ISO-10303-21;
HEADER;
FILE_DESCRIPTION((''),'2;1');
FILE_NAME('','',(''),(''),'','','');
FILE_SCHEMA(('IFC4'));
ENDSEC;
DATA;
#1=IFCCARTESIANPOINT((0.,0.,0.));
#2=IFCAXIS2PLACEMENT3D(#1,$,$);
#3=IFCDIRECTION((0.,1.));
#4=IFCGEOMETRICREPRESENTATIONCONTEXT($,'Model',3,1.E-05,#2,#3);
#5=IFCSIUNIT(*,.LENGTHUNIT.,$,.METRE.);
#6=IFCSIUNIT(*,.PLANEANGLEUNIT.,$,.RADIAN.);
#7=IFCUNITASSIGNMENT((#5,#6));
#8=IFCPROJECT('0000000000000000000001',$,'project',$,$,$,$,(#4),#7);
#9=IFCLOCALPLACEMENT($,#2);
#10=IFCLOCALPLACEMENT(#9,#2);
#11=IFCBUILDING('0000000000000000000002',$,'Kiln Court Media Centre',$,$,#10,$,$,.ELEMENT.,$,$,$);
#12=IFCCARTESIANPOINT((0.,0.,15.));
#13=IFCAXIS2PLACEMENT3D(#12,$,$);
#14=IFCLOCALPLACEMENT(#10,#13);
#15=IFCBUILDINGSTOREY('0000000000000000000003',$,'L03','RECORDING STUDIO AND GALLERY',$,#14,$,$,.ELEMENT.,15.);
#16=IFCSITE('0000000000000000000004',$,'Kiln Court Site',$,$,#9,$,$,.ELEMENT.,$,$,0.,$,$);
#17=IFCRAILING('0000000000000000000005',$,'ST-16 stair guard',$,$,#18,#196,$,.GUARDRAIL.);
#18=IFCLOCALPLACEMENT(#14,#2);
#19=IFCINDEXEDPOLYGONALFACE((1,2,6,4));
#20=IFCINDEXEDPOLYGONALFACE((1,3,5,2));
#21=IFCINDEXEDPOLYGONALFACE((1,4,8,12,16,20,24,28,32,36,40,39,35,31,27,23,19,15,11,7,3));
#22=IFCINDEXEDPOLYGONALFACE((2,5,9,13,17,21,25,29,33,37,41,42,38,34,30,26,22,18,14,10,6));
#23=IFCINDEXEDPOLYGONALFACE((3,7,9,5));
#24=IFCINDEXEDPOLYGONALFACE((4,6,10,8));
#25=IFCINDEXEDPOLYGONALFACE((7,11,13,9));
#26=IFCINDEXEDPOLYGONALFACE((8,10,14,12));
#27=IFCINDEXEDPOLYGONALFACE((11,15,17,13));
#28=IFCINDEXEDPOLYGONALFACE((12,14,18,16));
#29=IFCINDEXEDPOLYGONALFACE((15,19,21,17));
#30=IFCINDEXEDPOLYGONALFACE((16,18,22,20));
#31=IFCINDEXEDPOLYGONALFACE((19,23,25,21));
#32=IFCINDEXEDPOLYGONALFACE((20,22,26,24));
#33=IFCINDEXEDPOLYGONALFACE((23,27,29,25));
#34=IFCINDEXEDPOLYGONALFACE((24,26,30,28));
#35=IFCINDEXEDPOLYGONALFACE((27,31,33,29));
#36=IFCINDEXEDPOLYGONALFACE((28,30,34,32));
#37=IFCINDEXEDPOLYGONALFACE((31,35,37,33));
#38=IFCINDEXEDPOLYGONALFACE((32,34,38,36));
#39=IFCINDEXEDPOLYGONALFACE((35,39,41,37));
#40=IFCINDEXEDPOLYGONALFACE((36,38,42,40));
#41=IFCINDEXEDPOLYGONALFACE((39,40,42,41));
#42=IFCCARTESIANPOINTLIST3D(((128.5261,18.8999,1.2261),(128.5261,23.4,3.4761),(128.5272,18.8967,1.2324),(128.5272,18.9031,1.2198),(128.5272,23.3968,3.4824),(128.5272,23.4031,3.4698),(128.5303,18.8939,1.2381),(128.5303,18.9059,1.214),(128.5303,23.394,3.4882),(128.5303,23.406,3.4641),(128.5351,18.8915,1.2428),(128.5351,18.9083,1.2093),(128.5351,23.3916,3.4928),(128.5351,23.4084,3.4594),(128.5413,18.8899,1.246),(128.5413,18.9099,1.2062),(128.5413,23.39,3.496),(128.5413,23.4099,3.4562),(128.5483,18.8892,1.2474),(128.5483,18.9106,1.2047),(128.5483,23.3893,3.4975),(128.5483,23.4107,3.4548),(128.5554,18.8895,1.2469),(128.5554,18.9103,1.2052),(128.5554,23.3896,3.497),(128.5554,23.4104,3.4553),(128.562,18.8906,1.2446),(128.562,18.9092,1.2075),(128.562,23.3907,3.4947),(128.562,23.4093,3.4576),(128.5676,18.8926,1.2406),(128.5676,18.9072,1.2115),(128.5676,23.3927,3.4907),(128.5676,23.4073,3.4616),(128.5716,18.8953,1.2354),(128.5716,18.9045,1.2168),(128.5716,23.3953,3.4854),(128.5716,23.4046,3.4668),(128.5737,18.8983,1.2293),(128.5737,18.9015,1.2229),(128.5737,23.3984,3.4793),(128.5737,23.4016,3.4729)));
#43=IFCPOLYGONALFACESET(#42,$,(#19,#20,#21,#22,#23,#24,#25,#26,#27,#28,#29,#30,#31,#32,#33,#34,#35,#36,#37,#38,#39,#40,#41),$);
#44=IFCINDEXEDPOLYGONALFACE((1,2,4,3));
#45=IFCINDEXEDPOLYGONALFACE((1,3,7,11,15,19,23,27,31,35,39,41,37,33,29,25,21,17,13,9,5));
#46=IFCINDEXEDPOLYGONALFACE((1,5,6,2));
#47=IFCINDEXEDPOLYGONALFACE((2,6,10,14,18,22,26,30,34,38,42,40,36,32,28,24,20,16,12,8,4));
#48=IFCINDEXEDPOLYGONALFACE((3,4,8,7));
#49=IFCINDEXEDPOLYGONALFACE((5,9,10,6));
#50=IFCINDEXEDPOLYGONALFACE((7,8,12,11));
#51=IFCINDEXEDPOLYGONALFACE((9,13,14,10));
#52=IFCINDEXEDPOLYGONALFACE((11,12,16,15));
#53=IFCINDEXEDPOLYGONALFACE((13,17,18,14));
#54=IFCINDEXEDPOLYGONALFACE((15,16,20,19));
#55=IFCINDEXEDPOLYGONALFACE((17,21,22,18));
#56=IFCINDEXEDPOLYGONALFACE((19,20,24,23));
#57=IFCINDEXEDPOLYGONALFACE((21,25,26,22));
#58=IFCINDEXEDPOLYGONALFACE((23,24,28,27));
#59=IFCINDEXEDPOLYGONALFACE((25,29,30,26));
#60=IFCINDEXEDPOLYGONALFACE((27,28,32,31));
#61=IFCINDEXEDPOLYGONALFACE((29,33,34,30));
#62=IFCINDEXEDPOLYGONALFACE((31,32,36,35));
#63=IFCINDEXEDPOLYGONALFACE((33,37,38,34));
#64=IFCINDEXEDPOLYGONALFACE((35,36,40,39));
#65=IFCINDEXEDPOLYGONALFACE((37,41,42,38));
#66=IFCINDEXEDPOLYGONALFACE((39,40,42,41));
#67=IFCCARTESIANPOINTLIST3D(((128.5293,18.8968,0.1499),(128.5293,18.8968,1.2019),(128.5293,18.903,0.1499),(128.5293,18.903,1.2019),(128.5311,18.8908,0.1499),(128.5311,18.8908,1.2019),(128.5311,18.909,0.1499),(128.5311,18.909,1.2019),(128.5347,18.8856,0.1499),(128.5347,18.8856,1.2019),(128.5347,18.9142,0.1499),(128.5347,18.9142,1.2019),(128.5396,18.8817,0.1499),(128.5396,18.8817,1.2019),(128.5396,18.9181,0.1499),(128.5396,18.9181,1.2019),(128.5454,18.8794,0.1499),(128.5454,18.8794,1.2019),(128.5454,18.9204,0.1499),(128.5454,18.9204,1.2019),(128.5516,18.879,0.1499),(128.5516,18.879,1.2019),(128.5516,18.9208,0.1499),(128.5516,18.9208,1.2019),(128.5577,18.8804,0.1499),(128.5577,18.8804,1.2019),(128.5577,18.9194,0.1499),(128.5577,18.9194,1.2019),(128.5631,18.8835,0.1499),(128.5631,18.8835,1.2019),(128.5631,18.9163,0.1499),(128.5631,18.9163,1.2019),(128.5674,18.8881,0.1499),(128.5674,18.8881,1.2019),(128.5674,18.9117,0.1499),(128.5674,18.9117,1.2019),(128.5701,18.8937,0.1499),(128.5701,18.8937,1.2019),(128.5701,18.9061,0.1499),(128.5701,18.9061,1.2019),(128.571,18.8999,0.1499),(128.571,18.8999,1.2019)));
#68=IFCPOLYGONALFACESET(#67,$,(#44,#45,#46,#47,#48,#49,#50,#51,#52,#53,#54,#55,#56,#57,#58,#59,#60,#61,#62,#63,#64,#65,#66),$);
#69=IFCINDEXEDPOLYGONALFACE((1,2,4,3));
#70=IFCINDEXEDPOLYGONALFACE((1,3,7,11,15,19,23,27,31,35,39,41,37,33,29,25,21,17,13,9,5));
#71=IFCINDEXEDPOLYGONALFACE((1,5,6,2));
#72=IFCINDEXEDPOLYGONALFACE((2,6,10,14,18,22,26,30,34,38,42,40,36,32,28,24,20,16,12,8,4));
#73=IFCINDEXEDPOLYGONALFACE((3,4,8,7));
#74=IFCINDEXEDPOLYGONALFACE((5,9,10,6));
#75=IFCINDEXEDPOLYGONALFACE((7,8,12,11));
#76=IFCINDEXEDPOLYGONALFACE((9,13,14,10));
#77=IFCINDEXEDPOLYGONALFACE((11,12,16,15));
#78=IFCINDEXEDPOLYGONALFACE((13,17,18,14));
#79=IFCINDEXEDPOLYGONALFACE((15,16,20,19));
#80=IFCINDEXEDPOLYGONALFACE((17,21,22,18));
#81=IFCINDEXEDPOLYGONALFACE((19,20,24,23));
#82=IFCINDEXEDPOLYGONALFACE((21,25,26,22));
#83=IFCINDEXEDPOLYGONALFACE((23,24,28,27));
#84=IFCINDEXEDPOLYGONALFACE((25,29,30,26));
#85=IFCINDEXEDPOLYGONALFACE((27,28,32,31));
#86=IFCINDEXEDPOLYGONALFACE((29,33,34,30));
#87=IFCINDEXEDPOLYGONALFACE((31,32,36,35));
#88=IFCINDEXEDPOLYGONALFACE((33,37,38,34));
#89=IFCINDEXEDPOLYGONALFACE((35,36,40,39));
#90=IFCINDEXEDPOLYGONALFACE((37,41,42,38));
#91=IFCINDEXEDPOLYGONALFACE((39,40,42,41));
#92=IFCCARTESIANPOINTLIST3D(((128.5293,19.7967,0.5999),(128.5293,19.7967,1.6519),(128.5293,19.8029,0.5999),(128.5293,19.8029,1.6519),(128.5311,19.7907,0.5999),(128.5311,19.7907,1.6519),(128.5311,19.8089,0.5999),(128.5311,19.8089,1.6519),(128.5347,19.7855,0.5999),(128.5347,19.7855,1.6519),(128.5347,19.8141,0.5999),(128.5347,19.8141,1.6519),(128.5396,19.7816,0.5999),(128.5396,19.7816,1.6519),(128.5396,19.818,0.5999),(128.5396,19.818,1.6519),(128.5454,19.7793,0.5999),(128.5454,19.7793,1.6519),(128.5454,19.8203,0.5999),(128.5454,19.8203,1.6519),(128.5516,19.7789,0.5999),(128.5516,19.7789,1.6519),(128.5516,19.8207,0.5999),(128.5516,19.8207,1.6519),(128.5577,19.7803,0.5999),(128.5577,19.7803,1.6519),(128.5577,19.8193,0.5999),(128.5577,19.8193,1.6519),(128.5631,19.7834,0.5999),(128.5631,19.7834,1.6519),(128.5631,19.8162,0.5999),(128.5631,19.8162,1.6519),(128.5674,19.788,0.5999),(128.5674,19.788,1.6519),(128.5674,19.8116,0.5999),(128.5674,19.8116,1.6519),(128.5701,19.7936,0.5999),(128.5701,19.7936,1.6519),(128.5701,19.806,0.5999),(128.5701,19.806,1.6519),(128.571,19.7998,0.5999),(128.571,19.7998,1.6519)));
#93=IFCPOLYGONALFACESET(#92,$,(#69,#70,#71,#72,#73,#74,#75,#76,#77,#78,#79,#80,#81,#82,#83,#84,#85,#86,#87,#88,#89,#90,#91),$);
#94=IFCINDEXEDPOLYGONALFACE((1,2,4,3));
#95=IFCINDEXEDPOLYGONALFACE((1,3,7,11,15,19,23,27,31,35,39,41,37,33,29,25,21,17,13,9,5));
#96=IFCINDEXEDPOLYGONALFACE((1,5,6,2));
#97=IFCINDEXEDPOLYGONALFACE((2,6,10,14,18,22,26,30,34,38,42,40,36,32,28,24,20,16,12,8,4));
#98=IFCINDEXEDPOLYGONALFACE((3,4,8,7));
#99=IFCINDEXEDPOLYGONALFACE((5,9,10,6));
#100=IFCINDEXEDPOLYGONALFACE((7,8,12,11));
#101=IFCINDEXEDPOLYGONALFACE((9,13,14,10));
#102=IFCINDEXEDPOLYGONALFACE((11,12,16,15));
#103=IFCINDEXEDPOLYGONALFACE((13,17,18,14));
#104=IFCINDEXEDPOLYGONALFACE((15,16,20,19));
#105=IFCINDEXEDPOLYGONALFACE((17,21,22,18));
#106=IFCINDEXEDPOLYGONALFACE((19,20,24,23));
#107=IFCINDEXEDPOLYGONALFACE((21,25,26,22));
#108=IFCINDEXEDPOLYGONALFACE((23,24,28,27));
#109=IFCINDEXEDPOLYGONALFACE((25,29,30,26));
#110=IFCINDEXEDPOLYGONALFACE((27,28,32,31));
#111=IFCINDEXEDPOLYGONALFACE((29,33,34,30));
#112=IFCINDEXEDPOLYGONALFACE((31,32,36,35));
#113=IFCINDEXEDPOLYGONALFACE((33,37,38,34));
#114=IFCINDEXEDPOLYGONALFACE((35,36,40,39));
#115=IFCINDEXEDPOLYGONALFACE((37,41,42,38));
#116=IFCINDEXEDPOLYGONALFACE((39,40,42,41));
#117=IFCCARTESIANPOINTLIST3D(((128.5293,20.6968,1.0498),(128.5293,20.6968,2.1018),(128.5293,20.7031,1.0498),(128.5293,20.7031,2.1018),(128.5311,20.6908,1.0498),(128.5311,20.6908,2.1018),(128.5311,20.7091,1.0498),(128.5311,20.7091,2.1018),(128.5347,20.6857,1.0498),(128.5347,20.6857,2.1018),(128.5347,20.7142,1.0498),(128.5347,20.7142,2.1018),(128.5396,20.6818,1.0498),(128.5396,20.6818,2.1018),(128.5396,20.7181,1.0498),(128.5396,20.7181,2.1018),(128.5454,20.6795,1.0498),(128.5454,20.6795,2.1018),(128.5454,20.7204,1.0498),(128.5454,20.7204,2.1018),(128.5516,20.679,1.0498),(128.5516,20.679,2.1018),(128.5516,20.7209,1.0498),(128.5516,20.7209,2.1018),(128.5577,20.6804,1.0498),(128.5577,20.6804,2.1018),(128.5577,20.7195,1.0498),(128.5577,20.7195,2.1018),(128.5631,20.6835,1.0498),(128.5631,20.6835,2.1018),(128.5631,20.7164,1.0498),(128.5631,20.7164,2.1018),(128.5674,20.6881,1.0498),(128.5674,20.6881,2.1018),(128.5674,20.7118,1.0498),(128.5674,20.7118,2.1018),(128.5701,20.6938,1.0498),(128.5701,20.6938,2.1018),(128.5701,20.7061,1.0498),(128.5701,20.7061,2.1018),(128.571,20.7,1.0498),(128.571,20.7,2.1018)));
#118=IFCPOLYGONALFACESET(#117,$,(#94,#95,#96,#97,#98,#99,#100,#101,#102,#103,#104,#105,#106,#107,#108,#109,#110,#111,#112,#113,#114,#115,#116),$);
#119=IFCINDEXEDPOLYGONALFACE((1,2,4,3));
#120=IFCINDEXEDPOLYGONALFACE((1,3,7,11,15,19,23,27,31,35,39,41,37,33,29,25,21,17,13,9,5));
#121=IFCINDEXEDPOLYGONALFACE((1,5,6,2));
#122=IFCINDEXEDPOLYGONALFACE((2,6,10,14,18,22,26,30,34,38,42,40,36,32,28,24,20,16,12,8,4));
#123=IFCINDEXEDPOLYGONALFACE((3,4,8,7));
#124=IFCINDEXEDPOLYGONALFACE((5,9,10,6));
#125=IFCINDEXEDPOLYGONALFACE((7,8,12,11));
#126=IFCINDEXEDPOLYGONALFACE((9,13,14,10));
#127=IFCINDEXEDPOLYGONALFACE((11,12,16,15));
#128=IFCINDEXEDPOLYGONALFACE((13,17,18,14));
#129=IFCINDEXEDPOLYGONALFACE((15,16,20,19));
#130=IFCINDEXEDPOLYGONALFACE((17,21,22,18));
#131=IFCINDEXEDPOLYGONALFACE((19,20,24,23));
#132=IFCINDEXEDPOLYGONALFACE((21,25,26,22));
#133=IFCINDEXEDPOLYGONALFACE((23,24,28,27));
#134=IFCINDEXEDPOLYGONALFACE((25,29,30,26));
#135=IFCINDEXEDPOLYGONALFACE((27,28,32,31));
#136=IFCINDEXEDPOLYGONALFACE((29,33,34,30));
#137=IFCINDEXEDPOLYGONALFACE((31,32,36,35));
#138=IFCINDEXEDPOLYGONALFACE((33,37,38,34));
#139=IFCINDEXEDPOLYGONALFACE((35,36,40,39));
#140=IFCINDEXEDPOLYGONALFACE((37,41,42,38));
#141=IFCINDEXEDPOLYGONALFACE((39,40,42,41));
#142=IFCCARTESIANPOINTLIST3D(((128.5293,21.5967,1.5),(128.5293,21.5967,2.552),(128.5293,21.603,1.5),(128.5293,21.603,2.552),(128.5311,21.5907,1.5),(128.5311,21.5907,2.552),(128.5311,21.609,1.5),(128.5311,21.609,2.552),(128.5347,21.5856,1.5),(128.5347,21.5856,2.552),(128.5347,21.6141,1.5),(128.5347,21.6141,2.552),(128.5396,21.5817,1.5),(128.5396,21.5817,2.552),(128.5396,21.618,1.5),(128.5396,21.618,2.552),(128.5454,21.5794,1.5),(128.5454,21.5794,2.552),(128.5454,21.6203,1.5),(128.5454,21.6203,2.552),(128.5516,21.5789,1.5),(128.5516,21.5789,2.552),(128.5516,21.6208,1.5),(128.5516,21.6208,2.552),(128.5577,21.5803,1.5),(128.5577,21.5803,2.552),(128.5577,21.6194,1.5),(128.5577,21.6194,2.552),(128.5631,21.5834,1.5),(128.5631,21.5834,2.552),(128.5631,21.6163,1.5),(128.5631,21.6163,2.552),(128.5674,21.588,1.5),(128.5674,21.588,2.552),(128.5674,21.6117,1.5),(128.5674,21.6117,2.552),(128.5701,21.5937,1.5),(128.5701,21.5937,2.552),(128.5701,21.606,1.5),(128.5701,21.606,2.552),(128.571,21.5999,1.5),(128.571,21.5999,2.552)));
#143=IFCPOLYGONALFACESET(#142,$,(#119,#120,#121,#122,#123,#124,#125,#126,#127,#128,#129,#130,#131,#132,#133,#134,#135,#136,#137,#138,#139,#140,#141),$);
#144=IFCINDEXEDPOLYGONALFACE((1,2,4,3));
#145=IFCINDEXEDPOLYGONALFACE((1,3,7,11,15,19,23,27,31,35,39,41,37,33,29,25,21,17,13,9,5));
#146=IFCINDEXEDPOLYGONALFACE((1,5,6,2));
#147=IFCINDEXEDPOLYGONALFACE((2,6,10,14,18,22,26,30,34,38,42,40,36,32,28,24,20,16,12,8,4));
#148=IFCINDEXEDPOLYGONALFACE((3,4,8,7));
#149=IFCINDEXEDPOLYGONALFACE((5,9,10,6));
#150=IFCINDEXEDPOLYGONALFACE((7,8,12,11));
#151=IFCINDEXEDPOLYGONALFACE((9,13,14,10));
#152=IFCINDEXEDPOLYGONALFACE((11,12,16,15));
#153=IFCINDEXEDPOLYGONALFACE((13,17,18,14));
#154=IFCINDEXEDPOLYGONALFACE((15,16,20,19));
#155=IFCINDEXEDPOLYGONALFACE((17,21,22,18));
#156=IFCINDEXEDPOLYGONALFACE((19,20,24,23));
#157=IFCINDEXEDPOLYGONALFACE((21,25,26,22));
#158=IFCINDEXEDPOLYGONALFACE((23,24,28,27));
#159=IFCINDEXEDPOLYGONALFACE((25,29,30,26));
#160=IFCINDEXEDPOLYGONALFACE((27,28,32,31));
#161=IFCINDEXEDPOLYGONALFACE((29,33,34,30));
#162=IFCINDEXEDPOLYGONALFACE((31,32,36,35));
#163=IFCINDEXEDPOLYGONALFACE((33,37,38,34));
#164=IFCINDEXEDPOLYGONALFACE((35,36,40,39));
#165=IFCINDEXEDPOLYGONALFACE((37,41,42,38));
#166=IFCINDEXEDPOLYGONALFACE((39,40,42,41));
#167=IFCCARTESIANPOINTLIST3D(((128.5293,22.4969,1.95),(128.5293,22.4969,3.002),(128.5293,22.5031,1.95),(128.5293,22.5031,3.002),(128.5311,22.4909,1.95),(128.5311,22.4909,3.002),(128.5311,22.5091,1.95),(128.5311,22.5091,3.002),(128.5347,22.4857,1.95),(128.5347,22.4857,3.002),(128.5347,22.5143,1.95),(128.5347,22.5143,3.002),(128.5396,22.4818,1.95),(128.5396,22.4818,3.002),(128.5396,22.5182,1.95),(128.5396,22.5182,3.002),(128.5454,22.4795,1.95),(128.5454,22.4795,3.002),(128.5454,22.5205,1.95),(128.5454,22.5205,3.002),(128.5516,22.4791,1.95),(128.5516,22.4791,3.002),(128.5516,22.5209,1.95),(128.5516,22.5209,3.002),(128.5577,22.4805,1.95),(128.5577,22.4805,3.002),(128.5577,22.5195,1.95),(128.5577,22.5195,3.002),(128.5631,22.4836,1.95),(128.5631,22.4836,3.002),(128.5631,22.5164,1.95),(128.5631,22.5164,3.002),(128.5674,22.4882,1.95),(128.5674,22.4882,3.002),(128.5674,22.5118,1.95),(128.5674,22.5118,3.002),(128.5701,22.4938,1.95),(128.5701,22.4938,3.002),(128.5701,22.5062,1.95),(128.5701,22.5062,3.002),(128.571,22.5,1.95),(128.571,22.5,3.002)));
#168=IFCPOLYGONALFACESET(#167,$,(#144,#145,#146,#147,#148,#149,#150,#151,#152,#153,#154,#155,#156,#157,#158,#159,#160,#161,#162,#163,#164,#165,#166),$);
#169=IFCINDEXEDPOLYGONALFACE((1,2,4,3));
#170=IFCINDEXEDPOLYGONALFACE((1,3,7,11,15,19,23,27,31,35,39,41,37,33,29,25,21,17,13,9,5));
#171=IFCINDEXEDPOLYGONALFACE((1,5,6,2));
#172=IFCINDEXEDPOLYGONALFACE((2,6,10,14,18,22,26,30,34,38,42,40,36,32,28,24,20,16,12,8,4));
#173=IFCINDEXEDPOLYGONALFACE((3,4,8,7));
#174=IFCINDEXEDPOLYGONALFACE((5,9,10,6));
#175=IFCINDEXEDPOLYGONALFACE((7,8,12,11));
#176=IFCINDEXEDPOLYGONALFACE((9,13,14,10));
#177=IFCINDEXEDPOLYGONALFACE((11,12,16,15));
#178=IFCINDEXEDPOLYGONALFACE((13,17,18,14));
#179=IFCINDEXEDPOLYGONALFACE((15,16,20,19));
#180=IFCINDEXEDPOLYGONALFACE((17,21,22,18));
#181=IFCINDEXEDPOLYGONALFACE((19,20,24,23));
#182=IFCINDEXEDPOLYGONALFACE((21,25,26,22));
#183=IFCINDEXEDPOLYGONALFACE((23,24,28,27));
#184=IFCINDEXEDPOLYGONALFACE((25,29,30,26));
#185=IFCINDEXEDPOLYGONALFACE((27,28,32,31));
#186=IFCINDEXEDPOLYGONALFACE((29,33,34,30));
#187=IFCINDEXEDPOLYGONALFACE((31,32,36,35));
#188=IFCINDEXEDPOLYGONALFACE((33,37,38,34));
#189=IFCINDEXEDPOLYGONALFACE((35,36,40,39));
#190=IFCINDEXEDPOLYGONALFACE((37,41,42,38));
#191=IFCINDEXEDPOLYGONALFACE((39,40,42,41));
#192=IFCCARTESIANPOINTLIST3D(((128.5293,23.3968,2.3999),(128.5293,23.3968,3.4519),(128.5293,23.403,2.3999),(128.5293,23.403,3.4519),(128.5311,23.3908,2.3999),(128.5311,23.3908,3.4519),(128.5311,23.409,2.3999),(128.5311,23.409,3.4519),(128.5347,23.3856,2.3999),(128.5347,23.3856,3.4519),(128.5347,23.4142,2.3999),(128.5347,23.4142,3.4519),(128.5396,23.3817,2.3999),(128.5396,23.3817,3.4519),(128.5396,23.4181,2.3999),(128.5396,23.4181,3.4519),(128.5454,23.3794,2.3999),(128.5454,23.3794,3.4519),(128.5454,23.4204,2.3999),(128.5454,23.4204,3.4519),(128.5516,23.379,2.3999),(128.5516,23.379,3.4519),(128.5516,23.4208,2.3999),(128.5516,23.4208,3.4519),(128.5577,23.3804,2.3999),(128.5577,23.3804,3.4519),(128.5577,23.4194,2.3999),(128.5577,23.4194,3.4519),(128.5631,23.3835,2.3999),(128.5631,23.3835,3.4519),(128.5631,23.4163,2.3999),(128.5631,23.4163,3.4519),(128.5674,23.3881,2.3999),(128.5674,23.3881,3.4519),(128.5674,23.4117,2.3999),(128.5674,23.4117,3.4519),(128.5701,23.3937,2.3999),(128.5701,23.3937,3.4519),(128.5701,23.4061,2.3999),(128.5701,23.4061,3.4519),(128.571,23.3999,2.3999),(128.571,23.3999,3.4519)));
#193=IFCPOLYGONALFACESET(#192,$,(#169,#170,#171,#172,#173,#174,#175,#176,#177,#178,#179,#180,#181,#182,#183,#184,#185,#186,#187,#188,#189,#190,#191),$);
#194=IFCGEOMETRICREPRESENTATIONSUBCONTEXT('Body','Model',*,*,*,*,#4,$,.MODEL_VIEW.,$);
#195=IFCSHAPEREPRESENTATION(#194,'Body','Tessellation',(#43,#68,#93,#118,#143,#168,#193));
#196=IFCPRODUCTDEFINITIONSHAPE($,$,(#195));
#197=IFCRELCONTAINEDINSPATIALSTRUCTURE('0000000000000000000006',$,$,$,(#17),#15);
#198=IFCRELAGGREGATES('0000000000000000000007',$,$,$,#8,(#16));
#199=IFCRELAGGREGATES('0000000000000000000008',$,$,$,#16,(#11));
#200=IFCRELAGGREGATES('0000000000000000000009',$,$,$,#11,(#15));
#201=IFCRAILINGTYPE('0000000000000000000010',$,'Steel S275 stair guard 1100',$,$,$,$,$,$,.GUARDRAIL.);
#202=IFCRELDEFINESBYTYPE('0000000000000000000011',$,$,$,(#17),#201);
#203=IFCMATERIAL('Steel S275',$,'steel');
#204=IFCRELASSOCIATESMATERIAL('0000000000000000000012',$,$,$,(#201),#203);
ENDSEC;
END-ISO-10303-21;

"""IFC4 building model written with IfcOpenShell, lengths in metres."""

from ifc_helpers import new_model, si_unit, direction, frame, origin, origin_2d, place, context, subcontext, project, spatial, circle, extrude, material, type_object, element, save


model = new_model("IFC4")

# Units and contexts
model_context = context("Model", 3, precision=1e-05, world=origin(), true_north=direction((0.0, 1.0)))
body_context = subcontext(model_context, "Body", "Model", "MODEL_VIEW")
ifc_project = project(units=[si_unit("LENGTHUNIT", "METRE"), si_unit("PLANEANGLEUNIT", "RADIAN")], contexts=[model_context])

# Site, building, storey
site_placement = place(None, origin())
site = spatial("IfcSite", under=ifc_project, at=site_placement, Name="Kiln Court Site", CompositionType="ELEMENT", RefElevation=0.0)
building_placement = place(site_placement, origin())
building = spatial("IfcBuilding", under=site, at=building_placement, Name="Kiln Court Media Centre", CompositionType="ELEMENT")
storey_placement = place(building_placement, frame((0.0, 0.0, 15.0)))
storey = spatial("IfcBuildingStorey", under=building, at=storey_placement, Name="L03", Description="RECORDING STUDIO AND GALLERY", CompositionType="ELEMENT", Elevation=15.0)

# Railing
ifc_material_1 = material(Name="Steel S275", Category="steel")
railing_type_1 = type_object("IfcRailingType", Name="Steel S275 stair guard 1100", PredefinedType="GUARDRAIL", material=ifc_material_1)
railing_1_placement = place(storey_placement, frame((128.55, 18.8999, 0.1499)))
element("IfcRailing", 1, at=railing_1_placement, inside=storey, type_object=railing_type_1, Name="ST-16 stair guard", PredefinedType="GUARDRAIL", context=body_context, shape_type="SweptSolid", body=[
    extrude(circle(Radius=0.0239, at=origin_2d()), frame((0.0, 0.0, 1.0762), z_axis=(0.0, 0.894427, 0.447214), x_axis=(-1.0, 0.0, 0.0)), (0.0, 0.0, 1.0), 5.0312),
    extrude(circle(Radius=0.021, at=origin_2d()), origin(), (0.0, 0.0, 1.0), 1.052),
    extrude(circle(Radius=0.021, at=origin_2d()), frame((0.0, 0.8999, 0.45)), (0.0, 0.0, 1.0), 1.052),
    extrude(circle(Radius=0.021, at=origin_2d()), frame((0.0, 1.8, 0.8999)), (0.0, 0.0, 1.0), 1.052),
    extrude(circle(Radius=0.021, at=origin_2d()), frame((0.0, 2.7, 1.3501)), (0.0, 0.0, 1.0), 1.052),
    extrude(circle(Radius=0.021, at=origin_2d()), frame((0.0, 3.6001, 1.8)), (0.0, 0.0, 1.0), 1.052),
    extrude(circle(Radius=0.021, at=origin_2d()), frame((0.0, 4.5, 2.25)), (0.0, 0.0, 1.0), 1.052),
])

save(model, "model.ifc")
